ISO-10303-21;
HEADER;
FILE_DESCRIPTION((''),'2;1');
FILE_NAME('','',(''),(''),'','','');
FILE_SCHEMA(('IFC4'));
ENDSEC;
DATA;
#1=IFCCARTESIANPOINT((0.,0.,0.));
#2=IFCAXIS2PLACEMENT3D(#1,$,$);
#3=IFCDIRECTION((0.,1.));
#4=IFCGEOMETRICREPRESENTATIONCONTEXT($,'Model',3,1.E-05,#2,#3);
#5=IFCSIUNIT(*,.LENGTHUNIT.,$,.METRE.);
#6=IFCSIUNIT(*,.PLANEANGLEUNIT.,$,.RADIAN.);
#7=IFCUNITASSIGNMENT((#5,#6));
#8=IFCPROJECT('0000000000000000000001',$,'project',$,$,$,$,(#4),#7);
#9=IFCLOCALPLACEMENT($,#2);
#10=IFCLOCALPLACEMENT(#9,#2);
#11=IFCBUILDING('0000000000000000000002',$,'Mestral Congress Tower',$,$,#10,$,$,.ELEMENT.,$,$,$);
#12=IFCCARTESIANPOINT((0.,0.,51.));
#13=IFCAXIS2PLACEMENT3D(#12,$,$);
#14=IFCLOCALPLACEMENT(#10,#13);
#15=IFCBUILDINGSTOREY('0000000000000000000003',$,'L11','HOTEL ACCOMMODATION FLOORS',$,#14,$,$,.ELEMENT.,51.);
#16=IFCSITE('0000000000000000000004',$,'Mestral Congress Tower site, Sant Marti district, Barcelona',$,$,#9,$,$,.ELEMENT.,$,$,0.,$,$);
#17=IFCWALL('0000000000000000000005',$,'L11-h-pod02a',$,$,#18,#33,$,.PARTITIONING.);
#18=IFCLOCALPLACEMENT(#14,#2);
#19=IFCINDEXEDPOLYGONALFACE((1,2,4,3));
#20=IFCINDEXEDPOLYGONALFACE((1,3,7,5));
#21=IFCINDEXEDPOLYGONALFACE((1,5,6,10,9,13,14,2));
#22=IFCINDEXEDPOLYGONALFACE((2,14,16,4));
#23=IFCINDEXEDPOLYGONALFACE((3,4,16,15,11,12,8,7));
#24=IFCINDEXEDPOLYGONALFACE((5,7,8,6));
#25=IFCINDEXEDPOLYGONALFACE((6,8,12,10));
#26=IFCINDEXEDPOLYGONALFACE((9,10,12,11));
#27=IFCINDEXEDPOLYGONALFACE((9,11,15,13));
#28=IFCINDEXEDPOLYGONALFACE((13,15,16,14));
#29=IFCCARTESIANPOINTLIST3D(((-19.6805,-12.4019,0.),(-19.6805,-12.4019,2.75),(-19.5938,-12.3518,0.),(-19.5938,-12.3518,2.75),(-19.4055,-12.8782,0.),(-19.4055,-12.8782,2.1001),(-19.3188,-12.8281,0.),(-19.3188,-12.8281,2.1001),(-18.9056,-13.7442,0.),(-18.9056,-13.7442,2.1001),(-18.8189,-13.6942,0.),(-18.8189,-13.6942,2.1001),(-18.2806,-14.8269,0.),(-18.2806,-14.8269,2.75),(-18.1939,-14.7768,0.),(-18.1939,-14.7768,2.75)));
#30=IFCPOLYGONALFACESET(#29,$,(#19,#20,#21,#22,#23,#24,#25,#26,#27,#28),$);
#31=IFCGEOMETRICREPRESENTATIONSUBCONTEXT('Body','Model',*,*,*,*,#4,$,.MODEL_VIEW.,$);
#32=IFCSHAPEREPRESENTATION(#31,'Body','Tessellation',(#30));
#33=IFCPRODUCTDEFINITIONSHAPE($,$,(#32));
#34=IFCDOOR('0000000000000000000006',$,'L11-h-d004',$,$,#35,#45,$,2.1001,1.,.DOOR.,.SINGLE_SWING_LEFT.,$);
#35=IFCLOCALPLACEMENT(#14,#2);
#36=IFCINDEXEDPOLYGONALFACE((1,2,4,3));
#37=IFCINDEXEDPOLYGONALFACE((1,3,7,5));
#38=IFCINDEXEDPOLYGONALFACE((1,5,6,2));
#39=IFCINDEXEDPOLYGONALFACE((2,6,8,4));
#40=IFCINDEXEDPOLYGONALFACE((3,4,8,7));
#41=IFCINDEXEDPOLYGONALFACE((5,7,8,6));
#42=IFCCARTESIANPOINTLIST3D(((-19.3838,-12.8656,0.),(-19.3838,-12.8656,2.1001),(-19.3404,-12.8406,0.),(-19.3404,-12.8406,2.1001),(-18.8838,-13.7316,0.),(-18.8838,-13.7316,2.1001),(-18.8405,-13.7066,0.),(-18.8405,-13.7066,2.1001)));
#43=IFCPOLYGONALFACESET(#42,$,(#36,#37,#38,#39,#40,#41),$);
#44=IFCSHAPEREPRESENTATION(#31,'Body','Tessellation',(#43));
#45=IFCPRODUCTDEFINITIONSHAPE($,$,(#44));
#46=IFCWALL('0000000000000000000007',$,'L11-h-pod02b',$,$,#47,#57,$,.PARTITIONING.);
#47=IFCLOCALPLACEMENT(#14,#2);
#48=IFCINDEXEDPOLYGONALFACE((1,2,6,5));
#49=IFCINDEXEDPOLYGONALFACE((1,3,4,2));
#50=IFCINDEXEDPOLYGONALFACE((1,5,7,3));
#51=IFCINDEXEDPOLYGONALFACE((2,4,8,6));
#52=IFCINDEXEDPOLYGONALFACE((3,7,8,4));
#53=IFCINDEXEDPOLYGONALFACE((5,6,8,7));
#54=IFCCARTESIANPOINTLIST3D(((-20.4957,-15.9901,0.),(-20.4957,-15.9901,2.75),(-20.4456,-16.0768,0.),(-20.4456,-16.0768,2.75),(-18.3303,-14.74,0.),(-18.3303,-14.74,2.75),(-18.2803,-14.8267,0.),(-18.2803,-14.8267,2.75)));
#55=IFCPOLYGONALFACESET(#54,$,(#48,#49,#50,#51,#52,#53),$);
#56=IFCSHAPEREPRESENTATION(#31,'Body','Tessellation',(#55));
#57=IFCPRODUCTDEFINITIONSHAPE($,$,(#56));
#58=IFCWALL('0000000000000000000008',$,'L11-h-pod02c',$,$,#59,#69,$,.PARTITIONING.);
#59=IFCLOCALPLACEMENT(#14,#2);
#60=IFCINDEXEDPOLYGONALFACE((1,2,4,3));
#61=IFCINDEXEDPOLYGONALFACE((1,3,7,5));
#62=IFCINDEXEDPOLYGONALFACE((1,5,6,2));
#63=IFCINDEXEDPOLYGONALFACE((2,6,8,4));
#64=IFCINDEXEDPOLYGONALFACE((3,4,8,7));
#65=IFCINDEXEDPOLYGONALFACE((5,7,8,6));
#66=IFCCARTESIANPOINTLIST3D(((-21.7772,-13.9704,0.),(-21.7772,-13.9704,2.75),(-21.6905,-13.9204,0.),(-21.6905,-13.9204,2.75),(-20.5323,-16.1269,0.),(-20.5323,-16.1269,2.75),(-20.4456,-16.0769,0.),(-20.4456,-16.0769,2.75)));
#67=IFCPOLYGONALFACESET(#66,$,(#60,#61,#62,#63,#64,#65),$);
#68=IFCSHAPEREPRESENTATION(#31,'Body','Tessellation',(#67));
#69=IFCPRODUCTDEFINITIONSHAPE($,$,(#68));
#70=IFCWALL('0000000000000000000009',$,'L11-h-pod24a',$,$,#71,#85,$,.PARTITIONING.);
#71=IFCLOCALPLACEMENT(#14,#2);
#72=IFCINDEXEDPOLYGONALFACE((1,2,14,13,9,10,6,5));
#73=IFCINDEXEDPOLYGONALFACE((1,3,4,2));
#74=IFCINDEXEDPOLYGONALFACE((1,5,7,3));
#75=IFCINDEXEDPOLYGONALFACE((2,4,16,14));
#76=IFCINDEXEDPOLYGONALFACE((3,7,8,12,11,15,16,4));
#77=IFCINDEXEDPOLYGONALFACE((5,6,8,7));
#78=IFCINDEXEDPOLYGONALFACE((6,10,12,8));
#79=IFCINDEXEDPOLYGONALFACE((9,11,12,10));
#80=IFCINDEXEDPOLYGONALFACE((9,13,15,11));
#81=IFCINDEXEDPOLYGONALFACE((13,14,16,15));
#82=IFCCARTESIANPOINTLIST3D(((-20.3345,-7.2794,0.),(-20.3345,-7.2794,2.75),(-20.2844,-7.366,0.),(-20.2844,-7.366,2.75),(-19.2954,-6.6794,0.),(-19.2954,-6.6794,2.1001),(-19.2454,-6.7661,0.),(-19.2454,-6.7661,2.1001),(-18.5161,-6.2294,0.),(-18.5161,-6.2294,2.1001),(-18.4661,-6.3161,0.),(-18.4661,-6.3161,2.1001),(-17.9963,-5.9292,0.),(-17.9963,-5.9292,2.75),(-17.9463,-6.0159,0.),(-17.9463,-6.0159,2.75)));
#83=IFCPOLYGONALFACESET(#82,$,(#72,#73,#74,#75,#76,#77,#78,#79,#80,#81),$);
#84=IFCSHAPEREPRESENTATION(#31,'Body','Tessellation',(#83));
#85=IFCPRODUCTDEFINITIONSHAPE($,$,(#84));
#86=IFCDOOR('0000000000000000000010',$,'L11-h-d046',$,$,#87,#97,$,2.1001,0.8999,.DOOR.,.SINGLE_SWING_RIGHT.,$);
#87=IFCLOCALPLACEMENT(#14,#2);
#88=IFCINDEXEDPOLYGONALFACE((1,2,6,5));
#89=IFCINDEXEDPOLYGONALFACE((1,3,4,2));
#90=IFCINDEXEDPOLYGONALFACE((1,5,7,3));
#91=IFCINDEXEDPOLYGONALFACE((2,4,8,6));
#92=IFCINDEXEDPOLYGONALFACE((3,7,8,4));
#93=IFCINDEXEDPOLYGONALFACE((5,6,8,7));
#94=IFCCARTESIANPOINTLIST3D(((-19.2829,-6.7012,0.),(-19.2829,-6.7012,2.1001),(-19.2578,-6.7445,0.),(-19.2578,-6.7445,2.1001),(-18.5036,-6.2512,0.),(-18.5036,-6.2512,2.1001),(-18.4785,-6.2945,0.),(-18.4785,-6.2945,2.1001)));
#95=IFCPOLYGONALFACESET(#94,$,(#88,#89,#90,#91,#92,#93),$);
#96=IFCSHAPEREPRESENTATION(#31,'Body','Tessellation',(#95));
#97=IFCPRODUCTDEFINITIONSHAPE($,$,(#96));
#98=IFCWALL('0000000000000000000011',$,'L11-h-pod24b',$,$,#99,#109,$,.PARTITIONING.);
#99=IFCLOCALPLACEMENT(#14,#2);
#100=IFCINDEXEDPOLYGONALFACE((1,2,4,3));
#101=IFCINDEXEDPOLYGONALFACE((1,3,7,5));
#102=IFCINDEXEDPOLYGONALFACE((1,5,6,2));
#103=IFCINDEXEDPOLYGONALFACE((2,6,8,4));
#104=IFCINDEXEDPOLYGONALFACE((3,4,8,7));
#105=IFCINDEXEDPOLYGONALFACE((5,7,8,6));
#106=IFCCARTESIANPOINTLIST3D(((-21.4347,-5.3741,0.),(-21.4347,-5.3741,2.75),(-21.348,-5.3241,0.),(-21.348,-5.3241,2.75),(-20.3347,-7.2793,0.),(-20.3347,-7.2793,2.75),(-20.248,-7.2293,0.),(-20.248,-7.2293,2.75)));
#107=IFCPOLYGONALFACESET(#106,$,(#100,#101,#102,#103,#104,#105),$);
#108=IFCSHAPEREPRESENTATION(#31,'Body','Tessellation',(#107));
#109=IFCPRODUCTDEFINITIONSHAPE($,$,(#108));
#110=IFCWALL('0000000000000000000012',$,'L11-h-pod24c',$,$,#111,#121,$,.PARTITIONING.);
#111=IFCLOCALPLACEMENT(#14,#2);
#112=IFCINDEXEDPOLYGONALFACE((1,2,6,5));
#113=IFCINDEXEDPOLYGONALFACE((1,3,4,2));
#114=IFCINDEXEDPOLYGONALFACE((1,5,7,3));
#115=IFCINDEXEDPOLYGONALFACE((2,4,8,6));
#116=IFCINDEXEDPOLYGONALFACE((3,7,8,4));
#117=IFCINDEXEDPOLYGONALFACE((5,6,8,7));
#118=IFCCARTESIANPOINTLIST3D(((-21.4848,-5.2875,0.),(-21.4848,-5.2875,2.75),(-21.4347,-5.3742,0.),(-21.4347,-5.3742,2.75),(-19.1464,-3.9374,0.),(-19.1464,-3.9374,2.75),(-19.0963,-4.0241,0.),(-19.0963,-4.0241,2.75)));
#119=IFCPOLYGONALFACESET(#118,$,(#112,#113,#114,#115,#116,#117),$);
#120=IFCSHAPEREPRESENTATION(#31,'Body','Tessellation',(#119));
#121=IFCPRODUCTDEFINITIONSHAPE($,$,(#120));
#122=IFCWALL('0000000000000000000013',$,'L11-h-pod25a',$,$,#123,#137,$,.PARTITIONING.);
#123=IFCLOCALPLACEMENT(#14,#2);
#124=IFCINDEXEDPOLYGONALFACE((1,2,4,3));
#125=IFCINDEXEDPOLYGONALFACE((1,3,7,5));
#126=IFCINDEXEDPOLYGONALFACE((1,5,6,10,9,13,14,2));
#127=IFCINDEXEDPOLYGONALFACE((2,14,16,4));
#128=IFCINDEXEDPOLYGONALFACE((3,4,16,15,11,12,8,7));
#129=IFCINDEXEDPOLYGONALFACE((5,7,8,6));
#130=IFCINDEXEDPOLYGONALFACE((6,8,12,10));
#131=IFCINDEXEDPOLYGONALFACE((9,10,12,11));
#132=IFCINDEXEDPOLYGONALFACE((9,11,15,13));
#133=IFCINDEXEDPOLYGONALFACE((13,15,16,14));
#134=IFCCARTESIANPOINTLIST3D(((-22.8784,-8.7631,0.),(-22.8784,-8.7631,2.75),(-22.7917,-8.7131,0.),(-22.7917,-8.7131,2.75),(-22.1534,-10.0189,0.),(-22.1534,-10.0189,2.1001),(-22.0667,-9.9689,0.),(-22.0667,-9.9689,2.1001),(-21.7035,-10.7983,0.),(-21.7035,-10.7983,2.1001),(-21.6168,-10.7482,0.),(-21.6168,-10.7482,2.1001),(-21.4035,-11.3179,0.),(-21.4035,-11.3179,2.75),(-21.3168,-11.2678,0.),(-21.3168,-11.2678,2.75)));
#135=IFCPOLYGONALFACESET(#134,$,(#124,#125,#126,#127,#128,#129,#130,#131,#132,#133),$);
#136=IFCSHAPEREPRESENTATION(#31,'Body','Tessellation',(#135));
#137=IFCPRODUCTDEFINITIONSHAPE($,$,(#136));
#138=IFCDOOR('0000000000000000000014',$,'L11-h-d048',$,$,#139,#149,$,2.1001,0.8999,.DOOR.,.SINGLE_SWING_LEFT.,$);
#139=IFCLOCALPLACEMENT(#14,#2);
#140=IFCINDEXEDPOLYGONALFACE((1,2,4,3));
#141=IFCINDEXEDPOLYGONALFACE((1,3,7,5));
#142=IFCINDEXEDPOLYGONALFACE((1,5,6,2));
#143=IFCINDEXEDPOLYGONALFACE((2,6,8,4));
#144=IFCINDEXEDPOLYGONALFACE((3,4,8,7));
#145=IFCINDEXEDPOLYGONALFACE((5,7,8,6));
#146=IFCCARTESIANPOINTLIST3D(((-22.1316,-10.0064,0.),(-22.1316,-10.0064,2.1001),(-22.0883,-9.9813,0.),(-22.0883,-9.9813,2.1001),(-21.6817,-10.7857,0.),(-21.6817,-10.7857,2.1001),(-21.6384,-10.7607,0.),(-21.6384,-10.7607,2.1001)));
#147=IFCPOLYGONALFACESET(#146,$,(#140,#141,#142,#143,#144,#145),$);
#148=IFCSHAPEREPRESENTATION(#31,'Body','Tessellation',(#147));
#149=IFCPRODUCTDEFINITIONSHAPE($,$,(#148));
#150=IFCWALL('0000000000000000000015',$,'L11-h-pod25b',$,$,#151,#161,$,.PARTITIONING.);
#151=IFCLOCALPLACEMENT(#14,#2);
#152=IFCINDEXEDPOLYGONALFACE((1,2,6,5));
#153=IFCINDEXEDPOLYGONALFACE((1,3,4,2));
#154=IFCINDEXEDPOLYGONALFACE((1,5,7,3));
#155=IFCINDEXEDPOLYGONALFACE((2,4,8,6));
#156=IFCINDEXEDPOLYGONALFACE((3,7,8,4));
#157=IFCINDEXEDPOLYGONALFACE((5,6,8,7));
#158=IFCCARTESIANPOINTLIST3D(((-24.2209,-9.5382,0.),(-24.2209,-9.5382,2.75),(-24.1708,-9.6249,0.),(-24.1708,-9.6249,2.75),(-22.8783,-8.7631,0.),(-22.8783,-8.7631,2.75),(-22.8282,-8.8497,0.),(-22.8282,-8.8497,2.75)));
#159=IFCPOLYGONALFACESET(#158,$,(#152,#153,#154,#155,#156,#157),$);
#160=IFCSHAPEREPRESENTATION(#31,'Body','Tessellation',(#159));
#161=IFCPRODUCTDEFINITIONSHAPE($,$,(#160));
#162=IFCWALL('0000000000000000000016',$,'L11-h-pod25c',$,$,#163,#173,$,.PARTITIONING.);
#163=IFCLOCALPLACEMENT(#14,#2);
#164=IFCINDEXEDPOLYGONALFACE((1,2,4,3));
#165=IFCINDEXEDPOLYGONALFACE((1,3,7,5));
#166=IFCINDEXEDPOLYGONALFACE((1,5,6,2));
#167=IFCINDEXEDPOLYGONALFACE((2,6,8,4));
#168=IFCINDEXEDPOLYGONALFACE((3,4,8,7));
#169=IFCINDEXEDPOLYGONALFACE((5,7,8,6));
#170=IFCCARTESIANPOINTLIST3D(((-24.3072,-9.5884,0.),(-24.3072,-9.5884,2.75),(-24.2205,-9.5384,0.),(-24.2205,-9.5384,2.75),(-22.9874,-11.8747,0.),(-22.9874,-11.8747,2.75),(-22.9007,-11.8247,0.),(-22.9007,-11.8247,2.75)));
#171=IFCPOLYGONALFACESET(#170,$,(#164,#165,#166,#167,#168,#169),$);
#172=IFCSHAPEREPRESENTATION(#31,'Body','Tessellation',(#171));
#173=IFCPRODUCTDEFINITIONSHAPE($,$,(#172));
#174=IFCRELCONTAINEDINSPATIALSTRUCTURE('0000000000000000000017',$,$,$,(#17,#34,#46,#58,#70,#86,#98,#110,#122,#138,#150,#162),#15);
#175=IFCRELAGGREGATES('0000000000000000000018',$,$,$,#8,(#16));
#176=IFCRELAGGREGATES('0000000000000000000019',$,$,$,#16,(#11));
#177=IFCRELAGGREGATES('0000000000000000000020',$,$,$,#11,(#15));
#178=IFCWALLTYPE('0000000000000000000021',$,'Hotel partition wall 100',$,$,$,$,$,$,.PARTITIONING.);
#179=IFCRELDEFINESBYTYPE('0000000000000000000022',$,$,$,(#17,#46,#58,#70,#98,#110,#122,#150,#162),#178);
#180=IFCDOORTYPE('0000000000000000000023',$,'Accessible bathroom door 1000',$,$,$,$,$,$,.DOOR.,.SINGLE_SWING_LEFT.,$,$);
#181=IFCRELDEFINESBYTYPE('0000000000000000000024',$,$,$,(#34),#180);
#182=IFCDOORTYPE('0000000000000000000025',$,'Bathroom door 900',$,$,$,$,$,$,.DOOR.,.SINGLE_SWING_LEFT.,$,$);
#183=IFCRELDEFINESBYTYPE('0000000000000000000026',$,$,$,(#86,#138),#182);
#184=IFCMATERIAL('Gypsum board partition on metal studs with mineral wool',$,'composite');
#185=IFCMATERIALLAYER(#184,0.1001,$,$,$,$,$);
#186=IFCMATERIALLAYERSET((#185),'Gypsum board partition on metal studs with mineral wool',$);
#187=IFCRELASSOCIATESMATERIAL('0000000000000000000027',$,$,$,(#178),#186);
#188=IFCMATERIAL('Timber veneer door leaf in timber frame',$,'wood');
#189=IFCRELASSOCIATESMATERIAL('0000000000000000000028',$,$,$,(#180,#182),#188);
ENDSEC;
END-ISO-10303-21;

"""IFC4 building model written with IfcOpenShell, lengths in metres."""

from ifc_helpers import new_model, si_unit, direction, frame, frame_2d, origin, place, context, subcontext, project, spatial, rectangle, extrude, material, layer, layer_set, type_object, element, fill, save


model = new_model("IFC4")

# Units and contexts
model_context = context("Model", 3, precision=1e-05, world=origin(), true_north=direction((0.0, 1.0)))
body_context = subcontext(model_context, "Body", "Model", "MODEL_VIEW")
ifc_project = project(units=[si_unit("LENGTHUNIT", "METRE"), si_unit("PLANEANGLEUNIT", "RADIAN")], contexts=[model_context])

# Site, building, storey
site_placement = place(None, origin())
site = spatial("IfcSite", under=ifc_project, at=site_placement, Name="Mestral Congress Tower site, Sant Marti district, Barcelona", CompositionType="ELEMENT", RefElevation=0.0)
building_placement = place(site_placement, origin())
building = spatial("IfcBuilding", under=site, at=building_placement, Name="Mestral Congress Tower", CompositionType="ELEMENT")
storey_placement = place(building_placement, frame((0.0, 0.0, 51.0)))
storey = spatial("IfcBuildingStorey", under=building, at=storey_placement, Name="L11", Description="HOTEL ACCOMMODATION FLOORS", CompositionType="ELEMENT", Elevation=51.0)

# Wall, opening, door
ifc_material_1 = material(Name="Gypsum board partition on metal studs with mineral wool", Category="composite")
ifc_layer_1 = layer(ifc_material_1, 0.1001)
ifc_layer_set_1 = layer_set([ifc_layer_1], Name="Gypsum board partition on metal studs with mineral wool")
wall_type_1 = type_object("IfcWallType", Name="Hotel partition wall 100", PredefinedType="PARTITIONING", material=ifc_layer_set_1)
wall_1_placement = place(storey_placement, frame((-18.2373, -14.8018, 0.0), z_axis=(0.0, 0.0, 1.0), x_axis=(-0.499946, 0.866056, 0.0)))
wall_1 = element("IfcWall", 1, at=wall_1_placement, inside=storey, type_object=wall_type_1, Name="L11-h-pod02a", PredefinedType="PARTITIONING", context=body_context, shape_type="SweptSolid", body=[
    extrude(rectangle(XDim=2.8, YDim=0.1001, at=frame_2d((1.3999, 0.0))), origin(), (0.0, 0.0, 1.0), 2.75),
])
opening_1_placement = place(wall_1_placement, frame((1.25, 0.0, 0.0)))
opening_1 = element("IfcOpeningElement", 2, at=opening_1_placement, cuts=wall_1, PredefinedType="OPENING", context=body_context, shape_type="SweptSolid", body=[
    extrude(rectangle(XDim=1.0, YDim=2.1001, at=frame_2d((0.5, 1.05))), frame((0.0, 0.0601, 0.0), z_axis=(0.0, -1.0, 0.0), x_axis=(1.0, 0.0, 0.0)), (0.0, 0.0, 1.0), 0.1201),
])
ifc_material_2 = material(Name="Timber veneer door leaf in timber frame", Category="wood")
door_type_1 = type_object("IfcDoorType", Name="Accessible bathroom door 1000", OperationType="SINGLE_SWING_LEFT", PredefinedType="DOOR", material=ifc_material_2)
door_1_placement = place(opening_1_placement, origin())
door_1 = element("IfcDoor", 3, at=door_1_placement, inside=storey, type_object=door_type_1, Name="L11-h-d004", OperationType="SINGLE_SWING_LEFT", OverallHeight=2.1001, OverallWidth=1.0, PredefinedType="DOOR", context=body_context, shape_type="SweptSolid", body=[
    extrude(rectangle(XDim=1.0, YDim=2.1001, at=frame_2d((0.5, 1.05))), frame((0.0, 0.0249, 0.0), z_axis=(0.0, -1.0, 0.0), x_axis=(1.0, 0.0, 0.0)), (0.0, 0.0, 1.0), 0.05),
])
fill(opening_1, door_1)

# Walls
wall_2_placement = place(storey_placement, frame((-18.3054, -14.7834, 0.0), z_axis=(0.0, 0.0, 1.0), x_axis=(-0.866047, -0.499962, 0.0)))
element("IfcWall", 4, at=wall_2_placement, inside=storey, type_object=wall_type_1, Name="L11-h-pod02b", PredefinedType="PARTITIONING", context=body_context, shape_type="SweptSolid", body=[
    extrude(rectangle(XDim=2.5002, YDim=0.1001, at=frame_2d((1.25, 0.0))), origin(), (0.0, 0.0, 1.0), 2.75),
])
wall_3_placement = place(storey_placement, frame((-21.7339, -13.9453, 0.0), z_axis=(0.0, 0.0, 1.0), x_axis=(0.499946, -0.866057, 0.0)))
element("IfcWall", 5, at=wall_3_placement, inside=storey, type_object=wall_type_1, Name="L11-h-pod02c", PredefinedType="PARTITIONING", context=body_context, shape_type="SweptSolid", body=[
    extrude(rectangle(XDim=2.49, YDim=0.1001, at=frame_2d((1.2451, 0.0))), origin(), (0.0, 0.0, 1.0), 2.75),
])

# Wall, opening, door
wall_4_placement = place(storey_placement, frame((-20.3096, -7.3228, 0.0), z_axis=(0.0, 0.0, 1.0), x_axis=(0.865997, 0.500049, 0.0)))
wall_4 = element("IfcWall", 6, at=wall_4_placement, inside=storey, type_object=wall_type_1, Name="L11-h-pod24a", PredefinedType="PARTITIONING", context=body_context, shape_type="SweptSolid", body=[
    extrude(rectangle(XDim=2.7, YDim=0.1001, at=frame_2d((1.3501, 0.0))), origin(), (0.0, 0.0, 1.0), 2.75),
])
opening_2_placement = place(wall_4_placement, frame((1.2, 0.0, 0.0)))
opening_2 = element("IfcOpeningElement", 7, at=opening_2_placement, cuts=wall_4, PredefinedType="OPENING", context=body_context, shape_type="SweptSolid", body=[
    extrude(rectangle(XDim=0.8999, YDim=2.1001, at=frame_2d((0.45, 1.05))), frame((0.0, 0.0601, 0.0), z_axis=(0.0, -1.0, 0.0), x_axis=(1.0, 0.0, 0.0)), (0.0, 0.0, 1.0), 0.1201),
])
door_type_2 = type_object("IfcDoorType", Name="Bathroom door 900", OperationType="SINGLE_SWING_LEFT", PredefinedType="DOOR", material=ifc_material_2)
door_2_placement = place(opening_2_placement, origin())
door_2 = element("IfcDoor", 8, at=door_2_placement, inside=storey, type_object=door_type_2, Name="L11-h-d046", OperationType="SINGLE_SWING_RIGHT", OverallHeight=2.1001, OverallWidth=0.8999, PredefinedType="DOOR", context=body_context, shape_type="SweptSolid", body=[
    extrude(rectangle(XDim=0.8999, YDim=2.1001, at=frame_2d((0.45, 1.05))), frame((0.0, 0.0249, 0.0), z_axis=(0.0, -1.0, 0.0), x_axis=(1.0, 0.0, 0.0)), (0.0, 0.0, 1.0), 0.05),
])
fill(opening_2, door_2)

# Walls
wall_5_placement = place(storey_placement, frame((-20.2913, -7.2544, 0.0), z_axis=(0.0, 0.0, 1.0), x_axis=(-0.50003, 0.866008, 0.0)))
element("IfcWall", 9, at=wall_5_placement, inside=storey, type_object=wall_type_1, Name="L11-h-pod24b", PredefinedType="PARTITIONING", context=body_context, shape_type="SweptSolid", body=[
    extrude(rectangle(XDim=2.2, YDim=0.1001, at=frame_2d((1.1001, 0.0))), origin(), (0.0, 0.0, 1.0), 2.75),
])
wall_6_placement = place(storey_placement, frame((-19.1213, -3.9807, 0.0), z_axis=(0.0, 0.0, 1.0), x_axis=(-0.86602, -0.500009, 0.0)))
element("IfcWall", 10, at=wall_6_placement, inside=storey, type_object=wall_type_1, Name="L11-h-pod24c", PredefinedType="PARTITIONING", context=body_context, shape_type="SweptSolid", body=[
    extrude(rectangle(XDim=2.7002, YDim=0.1001, at=frame_2d((1.3501, 0.0))), origin(), (0.0, 0.0, 1.0), 2.75),
])

# Wall, opening, door
wall_7_placement = place(storey_placement, frame((-21.3601, -11.293, 0.0), z_axis=(0.0, 0.0, 1.0), x_axis=(-0.499976, 0.866039, 0.0)))
wall_7 = element("IfcWall", 11, at=wall_7_placement, inside=storey, type_object=wall_type_1, Name="L11-h-pod25a", PredefinedType="PARTITIONING", context=body_context, shape_type="SweptSolid", body=[
    extrude(rectangle(XDim=2.95, YDim=0.1001, at=frame_2d((1.4751, 0.0))), origin(), (0.0, 0.0, 1.0), 2.75),
])
opening_3_placement = place(wall_7_placement, frame((0.6001, 0.0, 0.0)))
opening_3 = element("IfcOpeningElement", 12, at=opening_3_placement, cuts=wall_7, PredefinedType="OPENING", context=body_context, shape_type="SweptSolid", body=[
    extrude(rectangle(XDim=0.8999, YDim=2.1001, at=frame_2d((0.45, 1.05))), frame((0.0, 0.0601, 0.0), z_axis=(0.0, -1.0, 0.0), x_axis=(1.0, 0.0, 0.0)), (0.0, 0.0, 1.0), 0.1201),
])
door_3_placement = place(opening_3_placement, origin())
door_3 = element("IfcDoor", 13, at=door_3_placement, inside=storey, type_object=door_type_2, Name="L11-h-d048", OperationType="SINGLE_SWING_LEFT", OverallHeight=2.1001, OverallWidth=0.8999, PredefinedType="DOOR", context=body_context, shape_type="SweptSolid", body=[
    extrude(rectangle(XDim=0.8999, YDim=2.1001, at=frame_2d((0.45, 1.05))), frame((0.0, 0.0249, 0.0), z_axis=(0.0, -1.0, 0.0), x_axis=(1.0, 0.0, 0.0)), (0.0, 0.0, 1.0), 0.05),
])
fill(opening_3, door_3)

# Walls
wall_8_placement = place(storey_placement, frame((-22.8533, -8.8064, 0.0), z_axis=(0.0, 0.0, 1.0), x_axis=(-0.866015, -0.500018, 0.0)))
element("IfcWall", 14, at=wall_8_placement, inside=storey, type_object=wall_type_1, Name="L11-h-pod25b", PredefinedType="PARTITIONING", context=body_context, shape_type="SweptSolid", body=[
    extrude(rectangle(XDim=1.5503, YDim=0.1001, at=frame_2d((0.7751, 0.0))), origin(), (0.0, 0.0, 1.0), 2.75),
])
wall_9_placement = place(storey_placement, frame((-22.9441, -11.8496, 0.0), z_axis=(0.0, 0.0, 1.0), x_axis=(-0.499939, 0.866061, 0.0)))
element("IfcWall", 15, at=wall_9_placement, inside=storey, type_object=wall_type_1, Name="L11-h-pod25c", PredefinedType="PARTITIONING", context=body_context, shape_type="SweptSolid", body=[
    extrude(rectangle(XDim=2.6399, YDim=0.1001, at=frame_2d((1.3198, 0.0))), origin(), (0.0, 0.0, 1.0), 2.75),
])

save(model, "model.ifc")
